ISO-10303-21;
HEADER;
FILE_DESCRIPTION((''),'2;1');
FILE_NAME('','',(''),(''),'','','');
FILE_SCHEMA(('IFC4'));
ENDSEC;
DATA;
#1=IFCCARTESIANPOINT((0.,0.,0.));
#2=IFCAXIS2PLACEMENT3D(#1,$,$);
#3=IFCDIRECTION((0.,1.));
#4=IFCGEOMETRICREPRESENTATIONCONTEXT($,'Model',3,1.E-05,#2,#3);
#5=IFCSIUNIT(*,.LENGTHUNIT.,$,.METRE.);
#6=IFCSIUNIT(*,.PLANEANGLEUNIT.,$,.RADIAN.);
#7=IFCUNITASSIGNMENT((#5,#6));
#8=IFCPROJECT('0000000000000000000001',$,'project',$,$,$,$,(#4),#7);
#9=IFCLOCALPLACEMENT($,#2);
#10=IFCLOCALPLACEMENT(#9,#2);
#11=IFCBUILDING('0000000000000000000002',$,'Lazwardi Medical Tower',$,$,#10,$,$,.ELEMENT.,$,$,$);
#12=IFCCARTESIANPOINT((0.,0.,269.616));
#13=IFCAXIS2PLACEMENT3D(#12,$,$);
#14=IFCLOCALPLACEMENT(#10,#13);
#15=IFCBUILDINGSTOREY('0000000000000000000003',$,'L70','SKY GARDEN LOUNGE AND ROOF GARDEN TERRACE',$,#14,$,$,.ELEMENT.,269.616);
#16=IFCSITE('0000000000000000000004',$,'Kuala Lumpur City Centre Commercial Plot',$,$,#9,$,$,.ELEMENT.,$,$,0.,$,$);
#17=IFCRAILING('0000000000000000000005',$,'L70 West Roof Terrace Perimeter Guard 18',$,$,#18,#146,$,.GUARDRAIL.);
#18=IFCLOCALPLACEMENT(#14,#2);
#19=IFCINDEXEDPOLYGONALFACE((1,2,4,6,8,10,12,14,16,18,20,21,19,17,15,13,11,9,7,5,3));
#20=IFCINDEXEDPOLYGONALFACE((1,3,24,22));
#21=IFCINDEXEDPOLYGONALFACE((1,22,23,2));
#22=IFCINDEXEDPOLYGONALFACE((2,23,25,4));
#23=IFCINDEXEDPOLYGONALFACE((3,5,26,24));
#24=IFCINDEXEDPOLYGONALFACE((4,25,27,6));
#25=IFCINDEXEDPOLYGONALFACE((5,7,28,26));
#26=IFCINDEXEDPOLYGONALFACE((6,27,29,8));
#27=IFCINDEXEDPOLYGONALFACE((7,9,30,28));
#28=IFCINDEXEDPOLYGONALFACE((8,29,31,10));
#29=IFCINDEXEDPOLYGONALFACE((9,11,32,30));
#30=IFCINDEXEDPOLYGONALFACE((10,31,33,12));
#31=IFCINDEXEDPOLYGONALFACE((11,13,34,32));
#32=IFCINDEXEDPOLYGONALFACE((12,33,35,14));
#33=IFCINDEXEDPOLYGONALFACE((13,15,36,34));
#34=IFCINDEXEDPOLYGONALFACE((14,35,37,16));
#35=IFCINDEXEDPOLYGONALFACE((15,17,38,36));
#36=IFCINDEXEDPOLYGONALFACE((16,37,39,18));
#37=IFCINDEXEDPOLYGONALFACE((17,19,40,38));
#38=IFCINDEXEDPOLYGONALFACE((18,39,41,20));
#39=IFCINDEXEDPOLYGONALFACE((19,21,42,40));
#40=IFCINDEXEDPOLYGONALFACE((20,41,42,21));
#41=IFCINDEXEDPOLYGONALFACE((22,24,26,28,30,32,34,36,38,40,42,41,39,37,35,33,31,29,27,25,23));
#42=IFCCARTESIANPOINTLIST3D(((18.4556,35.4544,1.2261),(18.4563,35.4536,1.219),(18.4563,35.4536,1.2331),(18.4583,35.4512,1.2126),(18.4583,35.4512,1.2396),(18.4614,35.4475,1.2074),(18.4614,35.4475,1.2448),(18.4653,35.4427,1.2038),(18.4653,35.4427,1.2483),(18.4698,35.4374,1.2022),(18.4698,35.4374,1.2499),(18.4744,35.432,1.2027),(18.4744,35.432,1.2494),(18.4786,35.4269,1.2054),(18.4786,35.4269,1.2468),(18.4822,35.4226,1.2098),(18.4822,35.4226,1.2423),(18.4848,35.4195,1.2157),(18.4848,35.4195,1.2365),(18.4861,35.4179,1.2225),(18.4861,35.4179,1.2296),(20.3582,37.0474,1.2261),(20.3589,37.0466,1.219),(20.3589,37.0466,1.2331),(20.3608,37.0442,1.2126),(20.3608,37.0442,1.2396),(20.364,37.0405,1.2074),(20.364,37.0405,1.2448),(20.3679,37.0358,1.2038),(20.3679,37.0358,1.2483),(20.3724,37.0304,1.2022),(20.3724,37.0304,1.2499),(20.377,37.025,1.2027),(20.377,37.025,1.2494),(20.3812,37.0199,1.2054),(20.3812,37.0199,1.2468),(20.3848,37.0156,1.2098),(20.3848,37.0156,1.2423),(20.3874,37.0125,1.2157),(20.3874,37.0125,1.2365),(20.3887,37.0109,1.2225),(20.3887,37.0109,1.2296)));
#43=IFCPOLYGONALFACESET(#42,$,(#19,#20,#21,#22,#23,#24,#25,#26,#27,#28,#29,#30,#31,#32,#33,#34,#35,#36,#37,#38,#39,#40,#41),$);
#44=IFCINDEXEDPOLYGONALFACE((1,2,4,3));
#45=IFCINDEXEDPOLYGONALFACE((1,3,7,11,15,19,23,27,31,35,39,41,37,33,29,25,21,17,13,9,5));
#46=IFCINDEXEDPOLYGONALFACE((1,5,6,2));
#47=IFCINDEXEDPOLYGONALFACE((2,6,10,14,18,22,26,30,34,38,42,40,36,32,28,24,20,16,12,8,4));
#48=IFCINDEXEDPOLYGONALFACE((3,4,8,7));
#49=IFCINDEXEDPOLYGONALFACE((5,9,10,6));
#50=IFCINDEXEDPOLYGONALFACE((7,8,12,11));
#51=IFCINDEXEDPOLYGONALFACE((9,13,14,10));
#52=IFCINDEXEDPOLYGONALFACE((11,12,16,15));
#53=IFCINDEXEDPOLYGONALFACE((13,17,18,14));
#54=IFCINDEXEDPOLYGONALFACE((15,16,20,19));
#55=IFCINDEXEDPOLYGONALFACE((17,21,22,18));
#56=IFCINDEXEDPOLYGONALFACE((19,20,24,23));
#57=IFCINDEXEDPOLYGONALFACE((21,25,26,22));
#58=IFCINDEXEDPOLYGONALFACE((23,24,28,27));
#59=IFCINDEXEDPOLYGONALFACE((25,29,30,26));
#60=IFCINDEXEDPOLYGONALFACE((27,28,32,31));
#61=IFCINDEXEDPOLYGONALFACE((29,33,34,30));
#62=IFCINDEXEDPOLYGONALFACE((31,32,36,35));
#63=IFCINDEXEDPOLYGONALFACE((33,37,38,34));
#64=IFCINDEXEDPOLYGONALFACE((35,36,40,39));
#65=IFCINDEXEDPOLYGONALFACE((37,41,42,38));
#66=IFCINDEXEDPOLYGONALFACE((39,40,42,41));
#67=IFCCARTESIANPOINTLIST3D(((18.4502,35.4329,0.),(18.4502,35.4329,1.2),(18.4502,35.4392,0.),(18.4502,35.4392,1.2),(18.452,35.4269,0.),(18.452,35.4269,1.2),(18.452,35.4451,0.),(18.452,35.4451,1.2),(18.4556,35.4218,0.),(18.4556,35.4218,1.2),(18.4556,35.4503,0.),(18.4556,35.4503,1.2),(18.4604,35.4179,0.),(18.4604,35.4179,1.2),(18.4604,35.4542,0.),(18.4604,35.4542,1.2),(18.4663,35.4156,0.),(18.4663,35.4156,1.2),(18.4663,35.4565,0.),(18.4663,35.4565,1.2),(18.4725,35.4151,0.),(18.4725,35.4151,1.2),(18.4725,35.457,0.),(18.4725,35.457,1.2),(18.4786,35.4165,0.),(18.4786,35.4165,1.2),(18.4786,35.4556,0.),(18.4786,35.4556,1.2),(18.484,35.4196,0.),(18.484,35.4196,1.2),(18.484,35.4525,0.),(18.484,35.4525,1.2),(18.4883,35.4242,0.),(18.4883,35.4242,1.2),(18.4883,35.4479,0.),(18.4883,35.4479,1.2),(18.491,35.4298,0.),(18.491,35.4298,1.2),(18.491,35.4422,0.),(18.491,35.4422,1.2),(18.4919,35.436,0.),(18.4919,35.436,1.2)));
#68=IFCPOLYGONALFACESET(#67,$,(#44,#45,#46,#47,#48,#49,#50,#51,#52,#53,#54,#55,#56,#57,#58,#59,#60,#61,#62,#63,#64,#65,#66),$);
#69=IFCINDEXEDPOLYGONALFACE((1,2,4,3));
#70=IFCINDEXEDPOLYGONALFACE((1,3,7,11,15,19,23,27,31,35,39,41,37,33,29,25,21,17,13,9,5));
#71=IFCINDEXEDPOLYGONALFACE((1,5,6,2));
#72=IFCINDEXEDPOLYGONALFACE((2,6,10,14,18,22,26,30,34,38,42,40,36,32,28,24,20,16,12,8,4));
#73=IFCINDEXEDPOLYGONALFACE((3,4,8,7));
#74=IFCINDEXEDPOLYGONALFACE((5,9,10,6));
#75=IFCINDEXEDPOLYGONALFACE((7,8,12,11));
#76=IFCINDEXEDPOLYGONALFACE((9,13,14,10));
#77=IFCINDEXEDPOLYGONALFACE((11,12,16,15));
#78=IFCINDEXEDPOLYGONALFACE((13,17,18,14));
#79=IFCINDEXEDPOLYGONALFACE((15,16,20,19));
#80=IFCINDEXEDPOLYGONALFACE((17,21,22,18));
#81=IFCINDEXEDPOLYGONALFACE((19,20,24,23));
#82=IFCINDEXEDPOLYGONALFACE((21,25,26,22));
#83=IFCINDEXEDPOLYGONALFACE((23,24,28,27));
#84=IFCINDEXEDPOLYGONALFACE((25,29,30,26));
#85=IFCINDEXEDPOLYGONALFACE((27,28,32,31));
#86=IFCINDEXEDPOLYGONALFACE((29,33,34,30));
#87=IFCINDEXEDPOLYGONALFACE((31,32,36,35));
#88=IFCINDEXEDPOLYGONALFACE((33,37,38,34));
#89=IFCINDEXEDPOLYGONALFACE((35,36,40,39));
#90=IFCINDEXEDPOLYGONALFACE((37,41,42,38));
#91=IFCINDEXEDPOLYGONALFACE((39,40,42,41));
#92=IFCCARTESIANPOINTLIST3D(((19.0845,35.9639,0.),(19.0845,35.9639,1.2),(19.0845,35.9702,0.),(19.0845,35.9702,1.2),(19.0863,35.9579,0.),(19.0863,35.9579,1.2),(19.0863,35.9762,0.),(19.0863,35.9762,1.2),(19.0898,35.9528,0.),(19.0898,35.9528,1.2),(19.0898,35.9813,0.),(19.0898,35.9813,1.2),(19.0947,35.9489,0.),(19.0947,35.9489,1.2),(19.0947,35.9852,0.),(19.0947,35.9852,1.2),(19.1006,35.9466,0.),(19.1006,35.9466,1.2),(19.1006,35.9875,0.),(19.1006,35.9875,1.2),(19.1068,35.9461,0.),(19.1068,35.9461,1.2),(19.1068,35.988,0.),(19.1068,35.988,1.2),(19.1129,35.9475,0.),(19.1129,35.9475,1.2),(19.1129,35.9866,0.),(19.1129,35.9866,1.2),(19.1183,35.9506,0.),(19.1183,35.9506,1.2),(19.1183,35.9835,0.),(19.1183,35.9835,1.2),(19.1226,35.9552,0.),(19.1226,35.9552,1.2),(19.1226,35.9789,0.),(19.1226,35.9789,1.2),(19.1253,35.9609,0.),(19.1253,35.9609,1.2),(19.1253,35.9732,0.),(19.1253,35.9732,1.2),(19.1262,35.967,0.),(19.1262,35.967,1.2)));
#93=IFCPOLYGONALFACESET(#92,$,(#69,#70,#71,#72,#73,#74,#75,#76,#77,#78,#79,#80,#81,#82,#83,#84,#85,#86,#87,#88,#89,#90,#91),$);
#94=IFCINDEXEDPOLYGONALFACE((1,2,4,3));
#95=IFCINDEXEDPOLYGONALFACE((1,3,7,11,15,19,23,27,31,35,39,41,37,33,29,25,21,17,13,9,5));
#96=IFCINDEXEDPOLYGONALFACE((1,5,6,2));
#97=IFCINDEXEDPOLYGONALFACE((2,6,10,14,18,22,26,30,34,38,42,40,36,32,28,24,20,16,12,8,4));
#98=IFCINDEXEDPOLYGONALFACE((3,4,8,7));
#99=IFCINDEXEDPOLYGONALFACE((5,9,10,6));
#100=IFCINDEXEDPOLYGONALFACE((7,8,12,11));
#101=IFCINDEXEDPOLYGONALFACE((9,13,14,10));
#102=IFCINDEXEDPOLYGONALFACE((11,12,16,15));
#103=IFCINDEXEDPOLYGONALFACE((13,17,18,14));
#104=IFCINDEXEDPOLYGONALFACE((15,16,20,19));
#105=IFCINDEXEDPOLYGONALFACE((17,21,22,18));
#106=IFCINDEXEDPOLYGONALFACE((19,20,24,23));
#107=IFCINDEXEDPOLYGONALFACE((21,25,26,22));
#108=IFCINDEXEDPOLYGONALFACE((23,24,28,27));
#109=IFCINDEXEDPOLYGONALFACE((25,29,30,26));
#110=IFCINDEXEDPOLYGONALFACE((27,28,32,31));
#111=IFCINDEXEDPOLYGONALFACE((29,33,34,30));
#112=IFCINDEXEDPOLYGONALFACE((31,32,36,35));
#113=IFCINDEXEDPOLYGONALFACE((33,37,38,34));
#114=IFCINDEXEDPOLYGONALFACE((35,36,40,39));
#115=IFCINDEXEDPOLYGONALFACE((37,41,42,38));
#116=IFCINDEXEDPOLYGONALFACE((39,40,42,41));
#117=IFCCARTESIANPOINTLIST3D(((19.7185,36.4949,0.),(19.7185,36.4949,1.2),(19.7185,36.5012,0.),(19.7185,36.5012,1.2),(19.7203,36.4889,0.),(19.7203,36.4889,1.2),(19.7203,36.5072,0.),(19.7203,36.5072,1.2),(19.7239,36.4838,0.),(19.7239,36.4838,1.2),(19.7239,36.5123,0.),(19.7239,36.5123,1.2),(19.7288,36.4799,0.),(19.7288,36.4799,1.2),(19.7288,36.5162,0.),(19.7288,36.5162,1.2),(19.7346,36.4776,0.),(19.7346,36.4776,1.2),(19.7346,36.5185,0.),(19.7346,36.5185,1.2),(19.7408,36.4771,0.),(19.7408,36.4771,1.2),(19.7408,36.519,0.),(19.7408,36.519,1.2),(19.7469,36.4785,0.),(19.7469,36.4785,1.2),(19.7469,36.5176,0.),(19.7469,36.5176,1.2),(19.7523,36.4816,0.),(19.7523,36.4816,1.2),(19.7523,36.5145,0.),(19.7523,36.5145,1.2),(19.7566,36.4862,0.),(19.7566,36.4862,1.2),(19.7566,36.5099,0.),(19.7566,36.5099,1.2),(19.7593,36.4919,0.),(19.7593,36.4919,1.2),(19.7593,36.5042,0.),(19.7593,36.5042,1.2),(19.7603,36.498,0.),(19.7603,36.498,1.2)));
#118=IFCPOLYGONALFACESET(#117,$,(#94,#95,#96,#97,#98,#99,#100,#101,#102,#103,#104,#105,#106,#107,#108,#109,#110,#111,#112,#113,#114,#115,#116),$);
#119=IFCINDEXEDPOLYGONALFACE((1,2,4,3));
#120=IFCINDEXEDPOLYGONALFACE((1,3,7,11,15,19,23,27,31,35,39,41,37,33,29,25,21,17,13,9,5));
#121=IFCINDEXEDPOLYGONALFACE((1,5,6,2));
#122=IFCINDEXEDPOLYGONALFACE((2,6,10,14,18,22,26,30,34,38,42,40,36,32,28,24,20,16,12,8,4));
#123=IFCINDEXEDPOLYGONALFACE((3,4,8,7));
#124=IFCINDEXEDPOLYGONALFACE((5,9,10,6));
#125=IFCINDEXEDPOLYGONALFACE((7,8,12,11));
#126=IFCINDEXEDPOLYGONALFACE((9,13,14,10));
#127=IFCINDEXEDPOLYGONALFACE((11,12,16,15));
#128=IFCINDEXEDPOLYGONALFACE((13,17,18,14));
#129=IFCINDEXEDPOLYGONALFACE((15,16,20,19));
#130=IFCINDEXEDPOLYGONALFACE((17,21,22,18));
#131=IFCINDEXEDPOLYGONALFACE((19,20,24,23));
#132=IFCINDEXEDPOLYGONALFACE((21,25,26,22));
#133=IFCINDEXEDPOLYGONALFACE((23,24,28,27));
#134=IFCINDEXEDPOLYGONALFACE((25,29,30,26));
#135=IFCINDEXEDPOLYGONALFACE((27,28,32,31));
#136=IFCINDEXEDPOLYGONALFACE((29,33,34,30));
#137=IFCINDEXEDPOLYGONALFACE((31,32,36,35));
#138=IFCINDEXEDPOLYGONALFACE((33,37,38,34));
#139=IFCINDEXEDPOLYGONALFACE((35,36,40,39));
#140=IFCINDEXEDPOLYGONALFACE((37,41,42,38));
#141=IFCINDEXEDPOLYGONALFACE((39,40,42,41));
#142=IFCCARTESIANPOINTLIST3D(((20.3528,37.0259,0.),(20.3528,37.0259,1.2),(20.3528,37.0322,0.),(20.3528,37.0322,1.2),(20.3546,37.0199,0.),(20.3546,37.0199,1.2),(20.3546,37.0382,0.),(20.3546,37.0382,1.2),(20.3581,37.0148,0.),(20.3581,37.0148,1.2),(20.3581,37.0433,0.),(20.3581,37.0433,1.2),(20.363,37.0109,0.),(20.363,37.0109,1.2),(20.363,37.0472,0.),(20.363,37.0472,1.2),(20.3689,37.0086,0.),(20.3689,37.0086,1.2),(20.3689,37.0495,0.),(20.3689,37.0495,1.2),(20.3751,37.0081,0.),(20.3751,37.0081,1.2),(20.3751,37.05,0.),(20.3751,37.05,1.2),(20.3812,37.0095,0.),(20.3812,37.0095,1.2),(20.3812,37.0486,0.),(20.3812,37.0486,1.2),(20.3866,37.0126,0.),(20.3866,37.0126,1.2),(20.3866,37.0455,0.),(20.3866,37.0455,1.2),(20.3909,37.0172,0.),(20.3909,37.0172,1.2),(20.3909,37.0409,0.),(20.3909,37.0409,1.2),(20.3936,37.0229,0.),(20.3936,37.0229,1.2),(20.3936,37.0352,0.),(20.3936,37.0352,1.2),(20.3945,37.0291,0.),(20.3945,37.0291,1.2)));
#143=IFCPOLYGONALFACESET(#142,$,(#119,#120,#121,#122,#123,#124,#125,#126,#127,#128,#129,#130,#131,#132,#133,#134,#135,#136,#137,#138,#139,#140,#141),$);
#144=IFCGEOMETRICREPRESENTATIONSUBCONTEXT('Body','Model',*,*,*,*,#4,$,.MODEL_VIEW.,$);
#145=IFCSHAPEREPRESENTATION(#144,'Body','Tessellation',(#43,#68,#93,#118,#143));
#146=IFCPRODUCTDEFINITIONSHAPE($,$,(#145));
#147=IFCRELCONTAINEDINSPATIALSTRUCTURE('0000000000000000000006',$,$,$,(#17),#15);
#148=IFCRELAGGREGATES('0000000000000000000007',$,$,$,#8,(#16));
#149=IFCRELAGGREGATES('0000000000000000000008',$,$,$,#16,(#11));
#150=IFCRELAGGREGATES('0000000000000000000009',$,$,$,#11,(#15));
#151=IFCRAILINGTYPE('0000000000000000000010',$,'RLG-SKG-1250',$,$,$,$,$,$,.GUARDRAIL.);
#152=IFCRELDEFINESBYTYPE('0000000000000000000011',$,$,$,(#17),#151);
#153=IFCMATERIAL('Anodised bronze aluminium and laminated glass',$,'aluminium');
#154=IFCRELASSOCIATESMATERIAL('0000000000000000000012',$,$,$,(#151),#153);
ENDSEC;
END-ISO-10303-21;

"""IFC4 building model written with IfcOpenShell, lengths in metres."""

from ifc_helpers import new_model, si_unit, direction, frame, origin, origin_2d, place, context, subcontext, project, spatial, circle, extrude, material, type_object, element, save


model = new_model("IFC4")

# Units and contexts
model_context = context("Model", 3, precision=1e-05, world=origin(), true_north=direction((0.0, 1.0)))
body_context = subcontext(model_context, "Body", "Model", "MODEL_VIEW")
ifc_project = project(units=[si_unit("LENGTHUNIT", "METRE"), si_unit("PLANEANGLEUNIT", "RADIAN")], contexts=[model_context])

# Site, building, storey
site_placement = place(None, origin())
site = spatial("IfcSite", under=ifc_project, at=site_placement, Name="Kuala Lumpur City Centre Commercial Plot", CompositionType="ELEMENT", RefElevation=0.0)
building_placement = place(site_placement, origin())
building = spatial("IfcBuilding", under=site, at=building_placement, Name="Lazwardi Medical Tower", CompositionType="ELEMENT")
storey_placement = place(building_placement, frame((0.0, 0.0, 269.616)))
storey = spatial("IfcBuildingStorey", under=building, at=storey_placement, Name="L70", Description="SKY GARDEN LOUNGE AND ROOF GARDEN TERRACE", CompositionType="ELEMENT", Elevation=269.616)

# Shared definitions
ifc_material_1 = material(Name="Anodised bronze aluminium and laminated glass", Category="aluminium")

# Railing
railing_type = type_object("IfcRailingType", Name="RLG-SKG-1250", PredefinedType="GUARDRAIL", material=ifc_material_1)
railing_1_placement = place(storey_placement, frame((18.4709, 35.436, 0.0)))
element("IfcRailing", 1, at=railing_1_placement, inside=storey, type_object=railing_type, Name="L70 West Roof Terrace Perimeter Guard 18", PredefinedType="GUARDRAIL", context=body_context, shape_type="SweptSolid", body=[
    extrude(circle(Radius=0.0239, at=origin_2d()), frame((0.0, 0.0, 1.2261), z_axis=(0.766727, 0.641973, 0.0), x_axis=(-0.641973, 0.766727, 0.0)), (0.0, 0.0, 1.0), 2.4814),
    extrude(circle(Radius=0.021, at=origin_2d()), origin(), (0.0, 0.0, 1.0), 1.2),
    extrude(circle(Radius=0.021, at=origin_2d()), frame((0.6343, 0.531, 0.0)), (0.0, 0.0, 1.0), 1.2),
    extrude(circle(Radius=0.021, at=origin_2d()), frame((1.2683, 1.062, 0.0)), (0.0, 0.0, 1.0), 1.2),
    extrude(circle(Radius=0.021, at=origin_2d()), frame((1.9026, 1.593, 0.0)), (0.0, 0.0, 1.0), 1.2),
])

save(model, "model.ifc")
